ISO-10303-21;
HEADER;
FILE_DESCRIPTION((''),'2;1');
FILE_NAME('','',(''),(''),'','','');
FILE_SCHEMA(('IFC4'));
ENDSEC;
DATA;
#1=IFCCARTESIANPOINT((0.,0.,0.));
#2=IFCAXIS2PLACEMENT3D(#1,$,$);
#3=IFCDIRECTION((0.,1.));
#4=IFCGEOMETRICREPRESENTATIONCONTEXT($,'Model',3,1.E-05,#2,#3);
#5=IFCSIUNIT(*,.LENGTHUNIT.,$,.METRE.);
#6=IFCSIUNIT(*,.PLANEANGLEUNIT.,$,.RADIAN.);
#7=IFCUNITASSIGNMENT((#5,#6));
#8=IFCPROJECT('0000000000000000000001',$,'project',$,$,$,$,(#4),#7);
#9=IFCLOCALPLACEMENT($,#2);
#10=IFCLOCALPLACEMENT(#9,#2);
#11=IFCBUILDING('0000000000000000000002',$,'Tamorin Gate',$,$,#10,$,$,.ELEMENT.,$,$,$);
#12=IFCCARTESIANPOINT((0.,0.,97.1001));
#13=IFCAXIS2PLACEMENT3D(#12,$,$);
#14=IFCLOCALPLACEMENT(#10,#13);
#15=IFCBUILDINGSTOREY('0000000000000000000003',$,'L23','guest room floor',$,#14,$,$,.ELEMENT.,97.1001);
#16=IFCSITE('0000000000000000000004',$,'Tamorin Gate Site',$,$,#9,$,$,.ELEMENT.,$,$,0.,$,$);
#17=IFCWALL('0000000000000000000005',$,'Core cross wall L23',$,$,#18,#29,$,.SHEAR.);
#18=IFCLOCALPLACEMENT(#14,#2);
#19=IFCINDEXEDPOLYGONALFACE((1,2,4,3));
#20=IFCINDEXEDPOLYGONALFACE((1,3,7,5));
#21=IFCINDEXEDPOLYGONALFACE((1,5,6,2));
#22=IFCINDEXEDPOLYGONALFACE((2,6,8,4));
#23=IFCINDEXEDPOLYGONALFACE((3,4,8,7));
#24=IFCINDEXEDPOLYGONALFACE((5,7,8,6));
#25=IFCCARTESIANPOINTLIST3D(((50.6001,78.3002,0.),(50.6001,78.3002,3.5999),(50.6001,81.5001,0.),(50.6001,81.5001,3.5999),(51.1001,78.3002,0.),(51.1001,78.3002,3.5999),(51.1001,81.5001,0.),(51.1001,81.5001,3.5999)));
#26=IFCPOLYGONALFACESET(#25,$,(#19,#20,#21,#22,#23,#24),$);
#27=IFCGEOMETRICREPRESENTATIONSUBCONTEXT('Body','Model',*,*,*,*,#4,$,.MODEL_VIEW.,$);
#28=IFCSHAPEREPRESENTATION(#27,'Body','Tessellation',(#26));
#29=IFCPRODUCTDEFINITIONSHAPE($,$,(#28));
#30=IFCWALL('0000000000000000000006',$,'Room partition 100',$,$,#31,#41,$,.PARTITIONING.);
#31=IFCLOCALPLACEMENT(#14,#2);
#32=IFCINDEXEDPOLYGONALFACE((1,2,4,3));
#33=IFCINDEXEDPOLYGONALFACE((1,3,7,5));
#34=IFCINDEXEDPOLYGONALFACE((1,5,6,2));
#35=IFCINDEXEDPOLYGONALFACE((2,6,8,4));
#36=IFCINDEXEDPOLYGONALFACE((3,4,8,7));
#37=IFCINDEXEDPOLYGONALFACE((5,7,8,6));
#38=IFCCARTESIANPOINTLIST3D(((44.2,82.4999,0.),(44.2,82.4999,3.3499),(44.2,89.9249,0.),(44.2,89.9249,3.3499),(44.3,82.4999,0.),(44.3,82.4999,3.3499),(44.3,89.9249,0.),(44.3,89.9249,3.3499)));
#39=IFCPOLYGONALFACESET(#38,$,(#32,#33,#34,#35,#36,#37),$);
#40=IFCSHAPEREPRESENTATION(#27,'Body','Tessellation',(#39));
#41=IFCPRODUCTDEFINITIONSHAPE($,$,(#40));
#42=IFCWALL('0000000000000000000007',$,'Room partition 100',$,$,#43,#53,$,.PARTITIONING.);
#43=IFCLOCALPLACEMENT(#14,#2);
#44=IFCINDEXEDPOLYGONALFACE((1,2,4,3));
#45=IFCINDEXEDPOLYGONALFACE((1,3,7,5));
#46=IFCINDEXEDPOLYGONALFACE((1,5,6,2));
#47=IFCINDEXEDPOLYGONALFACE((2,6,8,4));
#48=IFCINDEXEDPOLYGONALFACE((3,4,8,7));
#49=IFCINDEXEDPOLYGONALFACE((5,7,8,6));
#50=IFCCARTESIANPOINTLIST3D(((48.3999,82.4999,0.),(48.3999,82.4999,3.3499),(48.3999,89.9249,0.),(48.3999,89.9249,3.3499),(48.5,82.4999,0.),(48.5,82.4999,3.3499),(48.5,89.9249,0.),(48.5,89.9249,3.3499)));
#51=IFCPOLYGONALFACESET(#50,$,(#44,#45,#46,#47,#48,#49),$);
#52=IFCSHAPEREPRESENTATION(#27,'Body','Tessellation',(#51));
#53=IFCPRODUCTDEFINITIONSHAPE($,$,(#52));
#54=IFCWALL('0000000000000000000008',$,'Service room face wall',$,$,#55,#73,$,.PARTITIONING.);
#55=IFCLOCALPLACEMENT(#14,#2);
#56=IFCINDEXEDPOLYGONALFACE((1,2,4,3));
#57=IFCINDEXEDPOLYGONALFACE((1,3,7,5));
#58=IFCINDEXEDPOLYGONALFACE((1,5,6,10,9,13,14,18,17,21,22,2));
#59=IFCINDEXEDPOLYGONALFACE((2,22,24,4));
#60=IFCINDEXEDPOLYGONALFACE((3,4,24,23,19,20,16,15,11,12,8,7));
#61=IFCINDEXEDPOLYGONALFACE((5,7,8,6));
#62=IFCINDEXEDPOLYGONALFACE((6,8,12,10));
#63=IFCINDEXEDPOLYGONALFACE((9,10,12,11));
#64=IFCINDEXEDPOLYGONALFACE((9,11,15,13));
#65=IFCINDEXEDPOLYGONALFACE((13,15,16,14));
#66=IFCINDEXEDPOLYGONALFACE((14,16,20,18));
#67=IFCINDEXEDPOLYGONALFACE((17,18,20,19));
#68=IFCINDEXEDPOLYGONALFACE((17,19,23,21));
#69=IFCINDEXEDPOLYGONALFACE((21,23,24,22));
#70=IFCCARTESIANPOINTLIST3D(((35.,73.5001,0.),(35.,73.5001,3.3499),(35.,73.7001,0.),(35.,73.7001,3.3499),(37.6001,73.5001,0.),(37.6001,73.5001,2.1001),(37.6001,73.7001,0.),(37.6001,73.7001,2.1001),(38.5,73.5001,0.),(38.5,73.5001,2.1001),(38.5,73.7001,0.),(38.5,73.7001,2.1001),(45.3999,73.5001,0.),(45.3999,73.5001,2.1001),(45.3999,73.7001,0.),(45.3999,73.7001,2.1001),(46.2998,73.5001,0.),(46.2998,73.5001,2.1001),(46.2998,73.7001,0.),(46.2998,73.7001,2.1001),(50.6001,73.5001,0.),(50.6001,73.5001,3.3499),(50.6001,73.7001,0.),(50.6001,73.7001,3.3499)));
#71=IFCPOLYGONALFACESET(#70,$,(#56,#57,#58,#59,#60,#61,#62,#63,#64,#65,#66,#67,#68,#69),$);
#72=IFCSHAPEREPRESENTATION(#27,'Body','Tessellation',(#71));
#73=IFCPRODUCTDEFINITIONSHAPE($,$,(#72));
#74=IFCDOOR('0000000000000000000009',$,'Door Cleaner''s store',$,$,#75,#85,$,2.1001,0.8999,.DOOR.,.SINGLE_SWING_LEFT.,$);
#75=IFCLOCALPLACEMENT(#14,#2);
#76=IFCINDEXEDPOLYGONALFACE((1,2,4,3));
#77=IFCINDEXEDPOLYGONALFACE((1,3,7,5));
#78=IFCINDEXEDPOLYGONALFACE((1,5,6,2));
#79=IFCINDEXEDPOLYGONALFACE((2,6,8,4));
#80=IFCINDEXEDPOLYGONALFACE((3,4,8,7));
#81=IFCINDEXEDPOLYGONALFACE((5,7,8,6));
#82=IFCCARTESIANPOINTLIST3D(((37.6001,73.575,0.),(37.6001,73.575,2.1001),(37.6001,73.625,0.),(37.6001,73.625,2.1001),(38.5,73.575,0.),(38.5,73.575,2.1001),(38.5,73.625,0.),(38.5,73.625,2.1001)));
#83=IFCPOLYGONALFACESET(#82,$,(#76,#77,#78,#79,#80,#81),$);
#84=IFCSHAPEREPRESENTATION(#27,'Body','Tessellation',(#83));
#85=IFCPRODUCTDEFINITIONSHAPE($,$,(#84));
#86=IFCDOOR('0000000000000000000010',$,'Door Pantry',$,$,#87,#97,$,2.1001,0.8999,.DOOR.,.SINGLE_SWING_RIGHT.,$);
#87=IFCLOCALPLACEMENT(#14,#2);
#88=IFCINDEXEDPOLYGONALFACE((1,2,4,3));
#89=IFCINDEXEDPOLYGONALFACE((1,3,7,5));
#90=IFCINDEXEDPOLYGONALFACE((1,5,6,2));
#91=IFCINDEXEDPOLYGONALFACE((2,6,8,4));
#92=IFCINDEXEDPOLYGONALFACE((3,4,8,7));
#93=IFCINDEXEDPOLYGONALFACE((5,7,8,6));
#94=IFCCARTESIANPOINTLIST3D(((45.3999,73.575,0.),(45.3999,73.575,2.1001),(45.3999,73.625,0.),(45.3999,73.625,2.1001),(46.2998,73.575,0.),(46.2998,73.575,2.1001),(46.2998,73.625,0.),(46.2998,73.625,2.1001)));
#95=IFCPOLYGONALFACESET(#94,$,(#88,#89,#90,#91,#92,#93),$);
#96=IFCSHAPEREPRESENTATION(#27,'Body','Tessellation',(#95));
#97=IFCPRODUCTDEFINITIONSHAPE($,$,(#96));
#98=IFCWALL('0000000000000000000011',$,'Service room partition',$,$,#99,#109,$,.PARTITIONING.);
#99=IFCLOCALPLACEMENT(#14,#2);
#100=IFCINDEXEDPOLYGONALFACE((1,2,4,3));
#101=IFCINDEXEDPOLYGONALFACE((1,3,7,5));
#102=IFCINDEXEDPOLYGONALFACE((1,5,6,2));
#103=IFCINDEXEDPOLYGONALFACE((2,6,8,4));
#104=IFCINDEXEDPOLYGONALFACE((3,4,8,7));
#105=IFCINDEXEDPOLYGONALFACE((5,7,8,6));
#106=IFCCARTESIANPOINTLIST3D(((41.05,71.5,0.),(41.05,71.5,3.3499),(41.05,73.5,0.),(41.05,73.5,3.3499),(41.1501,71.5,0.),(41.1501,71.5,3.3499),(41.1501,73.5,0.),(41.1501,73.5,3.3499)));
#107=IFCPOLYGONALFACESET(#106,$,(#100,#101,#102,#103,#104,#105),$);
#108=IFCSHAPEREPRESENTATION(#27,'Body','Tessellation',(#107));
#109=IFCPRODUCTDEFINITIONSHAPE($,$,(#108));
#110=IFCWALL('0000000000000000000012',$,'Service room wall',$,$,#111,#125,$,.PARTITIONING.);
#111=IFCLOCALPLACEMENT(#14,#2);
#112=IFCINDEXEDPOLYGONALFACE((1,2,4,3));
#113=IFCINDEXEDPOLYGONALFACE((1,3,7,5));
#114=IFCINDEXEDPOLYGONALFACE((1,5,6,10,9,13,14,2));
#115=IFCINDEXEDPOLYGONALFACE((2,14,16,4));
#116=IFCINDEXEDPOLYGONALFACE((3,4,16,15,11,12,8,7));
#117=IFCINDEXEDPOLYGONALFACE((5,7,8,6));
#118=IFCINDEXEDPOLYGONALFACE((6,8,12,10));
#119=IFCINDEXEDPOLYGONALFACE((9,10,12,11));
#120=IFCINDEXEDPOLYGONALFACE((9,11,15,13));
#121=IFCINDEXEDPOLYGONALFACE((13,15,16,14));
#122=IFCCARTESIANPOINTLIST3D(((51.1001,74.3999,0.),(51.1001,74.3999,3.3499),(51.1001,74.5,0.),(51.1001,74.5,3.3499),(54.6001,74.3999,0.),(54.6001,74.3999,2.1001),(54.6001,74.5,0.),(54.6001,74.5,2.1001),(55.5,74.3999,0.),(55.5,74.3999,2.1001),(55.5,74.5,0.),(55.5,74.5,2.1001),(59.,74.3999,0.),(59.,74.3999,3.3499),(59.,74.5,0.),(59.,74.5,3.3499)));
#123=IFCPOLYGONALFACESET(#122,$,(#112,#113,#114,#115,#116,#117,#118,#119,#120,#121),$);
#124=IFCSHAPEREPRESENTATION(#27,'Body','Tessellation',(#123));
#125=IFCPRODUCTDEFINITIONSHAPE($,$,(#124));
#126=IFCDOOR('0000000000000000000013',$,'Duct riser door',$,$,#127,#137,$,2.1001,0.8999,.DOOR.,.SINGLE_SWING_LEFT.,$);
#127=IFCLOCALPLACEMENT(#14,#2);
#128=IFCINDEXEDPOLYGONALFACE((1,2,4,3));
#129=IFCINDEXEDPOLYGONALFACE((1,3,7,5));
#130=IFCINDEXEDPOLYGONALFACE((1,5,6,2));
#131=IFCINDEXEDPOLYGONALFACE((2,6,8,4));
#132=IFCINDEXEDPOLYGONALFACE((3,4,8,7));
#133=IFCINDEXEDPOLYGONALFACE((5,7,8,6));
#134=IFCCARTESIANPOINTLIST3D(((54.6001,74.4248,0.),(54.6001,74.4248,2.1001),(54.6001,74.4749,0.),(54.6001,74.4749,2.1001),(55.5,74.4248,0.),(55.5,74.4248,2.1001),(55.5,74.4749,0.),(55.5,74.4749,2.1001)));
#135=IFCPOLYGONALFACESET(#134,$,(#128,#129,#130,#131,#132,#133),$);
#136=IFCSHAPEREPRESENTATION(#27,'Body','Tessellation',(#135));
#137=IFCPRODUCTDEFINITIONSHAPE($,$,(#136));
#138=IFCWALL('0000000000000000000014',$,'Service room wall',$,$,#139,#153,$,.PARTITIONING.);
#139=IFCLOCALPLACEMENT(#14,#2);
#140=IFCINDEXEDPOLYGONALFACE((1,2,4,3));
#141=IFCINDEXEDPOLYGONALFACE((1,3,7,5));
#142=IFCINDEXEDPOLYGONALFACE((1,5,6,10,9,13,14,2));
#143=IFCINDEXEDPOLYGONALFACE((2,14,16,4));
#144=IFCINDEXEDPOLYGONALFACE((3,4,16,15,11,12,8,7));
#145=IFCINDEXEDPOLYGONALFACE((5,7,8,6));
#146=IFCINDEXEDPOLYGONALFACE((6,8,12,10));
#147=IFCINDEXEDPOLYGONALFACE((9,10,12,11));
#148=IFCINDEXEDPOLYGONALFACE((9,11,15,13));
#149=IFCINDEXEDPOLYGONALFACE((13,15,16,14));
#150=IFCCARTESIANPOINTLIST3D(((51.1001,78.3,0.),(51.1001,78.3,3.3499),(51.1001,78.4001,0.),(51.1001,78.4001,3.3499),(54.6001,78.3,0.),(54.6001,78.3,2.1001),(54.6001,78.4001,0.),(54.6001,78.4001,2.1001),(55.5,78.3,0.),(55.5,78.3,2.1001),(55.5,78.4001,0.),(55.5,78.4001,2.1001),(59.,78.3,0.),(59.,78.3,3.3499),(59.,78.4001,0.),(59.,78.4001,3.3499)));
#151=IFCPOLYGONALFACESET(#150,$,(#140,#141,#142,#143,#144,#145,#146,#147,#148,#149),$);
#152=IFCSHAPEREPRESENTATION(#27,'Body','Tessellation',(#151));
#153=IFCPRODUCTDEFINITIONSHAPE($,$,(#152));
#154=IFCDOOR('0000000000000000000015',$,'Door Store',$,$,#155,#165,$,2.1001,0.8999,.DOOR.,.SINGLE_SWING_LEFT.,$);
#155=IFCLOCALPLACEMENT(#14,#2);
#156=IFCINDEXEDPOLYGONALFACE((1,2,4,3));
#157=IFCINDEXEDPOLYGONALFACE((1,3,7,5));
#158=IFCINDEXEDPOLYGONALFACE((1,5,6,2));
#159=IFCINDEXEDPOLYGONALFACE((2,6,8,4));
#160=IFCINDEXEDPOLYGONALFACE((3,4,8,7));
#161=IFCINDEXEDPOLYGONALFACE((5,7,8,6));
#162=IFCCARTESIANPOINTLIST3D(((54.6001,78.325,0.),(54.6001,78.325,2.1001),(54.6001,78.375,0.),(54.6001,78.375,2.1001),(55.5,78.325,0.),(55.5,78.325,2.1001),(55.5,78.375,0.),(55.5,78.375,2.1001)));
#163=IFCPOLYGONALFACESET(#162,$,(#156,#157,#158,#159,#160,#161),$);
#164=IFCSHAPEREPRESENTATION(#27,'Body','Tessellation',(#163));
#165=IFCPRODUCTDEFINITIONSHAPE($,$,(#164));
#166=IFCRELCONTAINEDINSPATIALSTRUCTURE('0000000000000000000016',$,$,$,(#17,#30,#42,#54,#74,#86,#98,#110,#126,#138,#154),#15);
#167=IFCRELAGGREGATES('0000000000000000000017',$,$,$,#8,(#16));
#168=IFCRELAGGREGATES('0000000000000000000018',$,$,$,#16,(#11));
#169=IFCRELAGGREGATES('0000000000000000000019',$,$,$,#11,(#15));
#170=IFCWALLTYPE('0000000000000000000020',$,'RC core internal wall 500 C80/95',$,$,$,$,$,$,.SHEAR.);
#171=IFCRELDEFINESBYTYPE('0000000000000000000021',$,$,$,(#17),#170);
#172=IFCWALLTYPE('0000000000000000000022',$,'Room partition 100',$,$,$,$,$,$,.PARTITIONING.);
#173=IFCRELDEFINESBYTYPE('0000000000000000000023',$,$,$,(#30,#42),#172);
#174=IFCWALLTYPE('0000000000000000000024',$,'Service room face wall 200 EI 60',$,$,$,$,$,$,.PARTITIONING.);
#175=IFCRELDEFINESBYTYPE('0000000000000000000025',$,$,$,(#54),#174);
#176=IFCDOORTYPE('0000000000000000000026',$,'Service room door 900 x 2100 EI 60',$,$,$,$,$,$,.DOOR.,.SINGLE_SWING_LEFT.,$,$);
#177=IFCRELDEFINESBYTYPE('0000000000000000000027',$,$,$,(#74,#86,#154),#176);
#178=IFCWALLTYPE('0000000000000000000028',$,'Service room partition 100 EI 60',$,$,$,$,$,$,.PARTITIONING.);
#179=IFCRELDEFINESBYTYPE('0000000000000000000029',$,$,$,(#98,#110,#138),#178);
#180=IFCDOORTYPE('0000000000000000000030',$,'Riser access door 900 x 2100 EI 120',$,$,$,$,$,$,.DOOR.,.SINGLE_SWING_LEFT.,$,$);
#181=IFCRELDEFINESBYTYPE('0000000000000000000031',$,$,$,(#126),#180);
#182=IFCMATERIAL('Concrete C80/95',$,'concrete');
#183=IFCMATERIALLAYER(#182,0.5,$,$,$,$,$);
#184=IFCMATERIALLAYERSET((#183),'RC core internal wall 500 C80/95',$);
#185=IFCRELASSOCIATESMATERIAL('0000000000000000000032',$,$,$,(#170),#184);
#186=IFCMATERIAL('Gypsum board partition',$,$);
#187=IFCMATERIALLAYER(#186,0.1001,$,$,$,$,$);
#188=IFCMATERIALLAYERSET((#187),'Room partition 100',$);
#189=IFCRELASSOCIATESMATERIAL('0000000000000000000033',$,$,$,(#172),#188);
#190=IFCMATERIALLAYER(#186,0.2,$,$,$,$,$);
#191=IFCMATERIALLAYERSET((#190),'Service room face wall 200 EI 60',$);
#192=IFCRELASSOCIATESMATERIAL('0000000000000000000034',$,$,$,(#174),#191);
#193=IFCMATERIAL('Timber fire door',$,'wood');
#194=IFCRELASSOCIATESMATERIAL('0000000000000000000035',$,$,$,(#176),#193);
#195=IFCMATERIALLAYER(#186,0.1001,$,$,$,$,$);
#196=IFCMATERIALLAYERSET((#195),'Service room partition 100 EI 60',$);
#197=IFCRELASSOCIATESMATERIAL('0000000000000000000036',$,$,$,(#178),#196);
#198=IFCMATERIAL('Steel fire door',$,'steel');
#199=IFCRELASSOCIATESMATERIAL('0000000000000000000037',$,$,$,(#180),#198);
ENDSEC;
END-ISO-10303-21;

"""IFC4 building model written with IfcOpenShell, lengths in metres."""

from ifc_helpers import new_model, si_unit, direction, frame, frame_2d, origin, place, context, subcontext, project, spatial, rectangle, extrude, material, layer, layer_set, type_object, element, fill, save


model = new_model("IFC4")

# Units and contexts
model_context = context("Model", 3, precision=1e-05, world=origin(), true_north=direction((0.0, 1.0)))
body_context = subcontext(model_context, "Body", "Model", "MODEL_VIEW")
ifc_project = project(units=[si_unit("LENGTHUNIT", "METRE"), si_unit("PLANEANGLEUNIT", "RADIAN")], contexts=[model_context])

# Site, building, storey
site_placement = place(None, origin())
site = spatial("IfcSite", under=ifc_project, at=site_placement, Name="Tamorin Gate Site", CompositionType="ELEMENT", RefElevation=0.0)
building_placement = place(site_placement, origin())
building = spatial("IfcBuilding", under=site, at=building_placement, Name="Tamorin Gate", CompositionType="ELEMENT")
storey_placement = place(building_placement, frame((0.0, 0.0, 97.1001)))
storey = spatial("IfcBuildingStorey", under=building, at=storey_placement, Name="L23", Description="guest room floor", CompositionType="ELEMENT", Elevation=97.1001)

# Shared definitions
ifc_material_1 = material(Name="Concrete C80/95", Category="concrete")

# Shared definitions
ifc_material_2 = material(Name="Steel fire door", Category="steel")

# Walls
ifc_layer_1 = layer(ifc_material_1, 0.5)
ifc_layer_set_1 = layer_set([ifc_layer_1], Name="RC core internal wall 500 C80/95")
wall_type_1 = type_object("IfcWallType", Name="RC core internal wall 500 C80/95", PredefinedType="SHEAR", material=ifc_layer_set_1)
wall_1_placement = place(storey_placement, frame((50.8501, 78.3, 0.0), z_axis=(0.0, 0.0, 1.0), x_axis=(0.0, 1.0, 0.0)))
element("IfcWall", 1, at=wall_1_placement, inside=storey, type_object=wall_type_1, Name="Core cross wall L23", PredefinedType="SHEAR", context=body_context, shape_type="SweptSolid", body=[
    extrude(rectangle(XDim=3.2, YDim=0.5, at=frame_2d((1.6001, 0.0))), origin(), (0.0, 0.0, 1.0), 3.5999),
])
ifc_material_3 = material(Name="Gypsum board partition")
ifc_layer_2 = layer(ifc_material_3, 0.1001)
ifc_layer_set_2 = layer_set([ifc_layer_2], Name="Room partition 100")
wall_type_2 = type_object("IfcWallType", Name="Room partition 100", PredefinedType="PARTITIONING", material=ifc_layer_set_2)
for number, where, z_axis, x_axis, name in (
    (2, (44.25, 82.5, 0.0), (0.0, 0.0, 1.0), (0.0, 1.0, 0.0), "Room partition 100"),
    (3, (48.45, 82.5, 0.0), (0.0, 0.0, 1.0), (0.0, 1.0, 0.0), "Room partition 100"),
):
    element("IfcWall", number, at=place(storey_placement, frame(where, z_axis=z_axis, x_axis=x_axis)), inside=storey, type_object=wall_type_2, Name=name, PredefinedType="PARTITIONING", context=body_context, shape_type="SweptSolid", body=[
        extrude(rectangle(XDim=7.425, YDim=0.1001, at=frame_2d((3.7124, 0.0))), origin(), (0.0, 0.0, 1.0), 3.3499),
    ])

# Wall, openings, doors
ifc_layer_3 = layer(ifc_material_3, 0.2)
ifc_layer_set_3 = layer_set([ifc_layer_3], Name="Service room face wall 200 EI 60")
wall_type_3 = type_object("IfcWallType", Name="Service room face wall 200 EI 60", PredefinedType="PARTITIONING", material=ifc_layer_set_3)
wall_2_placement = place(storey_placement, frame((35.0, 73.6001, 0.0), z_axis=(0.0, 0.0, 1.0), x_axis=(1.0, 0.0, 0.0)))
wall_2 = element("IfcWall", 4, at=wall_2_placement, inside=storey, type_object=wall_type_3, Name="Service room face wall", PredefinedType="PARTITIONING", context=body_context, shape_type="SweptSolid", body=[
    extrude(rectangle(XDim=15.6001, YDim=0.2, at=frame_2d((7.8, 0.0))), origin(), (0.0, 0.0, 1.0), 3.3499),
])
opening_1_placement = place(wall_2_placement, frame((2.6001, 0.0, 0.0)))
opening_1 = element("IfcOpeningElement", 5, at=opening_1_placement, cuts=wall_2, PredefinedType="OPENING", context=body_context, shape_type="SweptSolid", body=[
    extrude(rectangle(XDim=0.8999, YDim=2.1001, at=frame_2d((0.45, 1.05))), frame((0.0, 0.1099, 0.0), z_axis=(0.0, -1.0, 0.0), x_axis=(1.0, 0.0, 0.0)), (0.0, 0.0, 1.0), 0.22),
])
opening_2_placement = place(wall_2_placement, frame((10.3999, 0.0, 0.0)))
opening_2 = element("IfcOpeningElement", 6, at=opening_2_placement, cuts=wall_2, PredefinedType="OPENING", context=body_context, shape_type="SweptSolid", body=[
    extrude(rectangle(XDim=0.8999, YDim=2.1001, at=frame_2d((0.45, 1.05))), frame((0.0, 0.1099, 0.0), z_axis=(0.0, -1.0, 0.0), x_axis=(1.0, 0.0, 0.0)), (0.0, 0.0, 1.0), 0.22),
])
ifc_material_4 = material(Name="Timber fire door", Category="wood")
door_type_1 = type_object("IfcDoorType", Name="Service room door 900 x 2100 EI 60", OperationType="SINGLE_SWING_LEFT", PredefinedType="DOOR", material=ifc_material_4)
door_1_placement = place(opening_1_placement, origin())
door_1 = element("IfcDoor", 7, at=door_1_placement, inside=storey, type_object=door_type_1, Name="Door Cleaner's store", OperationType="SINGLE_SWING_LEFT", OverallHeight=2.1001, OverallWidth=0.8999, PredefinedType="DOOR", context=body_context, shape_type="SweptSolid", body=[
    extrude(rectangle(XDim=0.8999, YDim=2.1001, at=frame_2d((0.45, 1.05))), frame((0.0, 0.0249, 0.0), z_axis=(0.0, -1.0, 0.0), x_axis=(1.0, 0.0, 0.0)), (0.0, 0.0, 1.0), 0.05),
])
fill(opening_1, door_1)
door_2_placement = place(opening_2_placement, origin())
door_2 = element("IfcDoor", 8, at=door_2_placement, inside=storey, type_object=door_type_1, Name="Door Pantry", OperationType="SINGLE_SWING_RIGHT", OverallHeight=2.1001, OverallWidth=0.8999, PredefinedType="DOOR", context=body_context, shape_type="SweptSolid", body=[
    extrude(rectangle(XDim=0.8999, YDim=2.1001, at=frame_2d((0.45, 1.05))), frame((0.0, 0.0249, 0.0), z_axis=(0.0, -1.0, 0.0), x_axis=(1.0, 0.0, 0.0)), (0.0, 0.0, 1.0), 0.05),
])
fill(opening_2, door_2)

# Wall
ifc_layer_4 = layer(ifc_material_3, 0.1001)
ifc_layer_set_4 = layer_set([ifc_layer_4], Name="Service room partition 100 EI 60")
wall_type_4 = type_object("IfcWallType", Name="Service room partition 100 EI 60", PredefinedType="PARTITIONING", material=ifc_layer_set_4)
wall_3_placement = place(storey_placement, frame((41.1001, 71.5, 0.0), z_axis=(0.0, 0.0, 1.0), x_axis=(0.0, 1.0, 0.0)))
element("IfcWall", 9, at=wall_3_placement, inside=storey, type_object=wall_type_4, Name="Service room partition", PredefinedType="PARTITIONING", context=body_context, shape_type="SweptSolid", body=[
    extrude(rectangle(XDim=2.0, YDim=0.1001, at=frame_2d((1.0, 0.0))), origin(), (0.0, 0.0, 1.0), 3.3499),
])

# Walls, openings, doors
wall_4_placement = place(storey_placement, frame((51.1001, 74.45, 0.0), z_axis=(0.0, 0.0, 1.0), x_axis=(1.0, 0.0, 0.0)))
wall_4 = element("IfcWall", 10, at=wall_4_placement, inside=storey, type_object=wall_type_4, Name="Service room wall", PredefinedType="PARTITIONING", context=body_context, shape_type="SweptSolid", body=[
    extrude(rectangle(XDim=7.8999, YDim=0.1001, at=frame_2d((3.95, 0.0))), origin(), (0.0, 0.0, 1.0), 3.3499),
])
opening_3_placement = place(wall_4_placement, frame((3.5, 0.0, 0.0)))
opening_3 = element("IfcOpeningElement", 11, at=opening_3_placement, cuts=wall_4, PredefinedType="OPENING", context=body_context, shape_type="SweptSolid", body=[
    extrude(rectangle(XDim=0.8999, YDim=2.1001, at=frame_2d((0.45, 1.05))), frame((0.0, 0.0601, 0.0), z_axis=(0.0, -1.0, 0.0), x_axis=(1.0, 0.0, 0.0)), (0.0, 0.0, 1.0), 0.1201),
])
door_type_2 = type_object("IfcDoorType", Name="Riser access door 900 x 2100 EI 120", OperationType="SINGLE_SWING_LEFT", PredefinedType="DOOR", material=ifc_material_2)
door_3_placement = place(opening_3_placement, origin())
door_3 = element("IfcDoor", 12, at=door_3_placement, inside=storey, type_object=door_type_2, Name="Duct riser door", OperationType="SINGLE_SWING_LEFT", OverallHeight=2.1001, OverallWidth=0.8999, PredefinedType="DOOR", context=body_context, shape_type="SweptSolid", body=[
    extrude(rectangle(XDim=0.8999, YDim=2.1001, at=frame_2d((0.45, 1.05))), frame((0.0, 0.0249, 0.0), z_axis=(0.0, -1.0, 0.0), x_axis=(1.0, 0.0, 0.0)), (0.0, 0.0, 1.0), 0.05),
])
fill(opening_3, door_3)
wall_5_placement = place(storey_placement, frame((51.1001, 78.3501, 0.0), z_axis=(0.0, 0.0, 1.0), x_axis=(1.0, 0.0, 0.0)))
wall_5 = element("IfcWall", 13, at=wall_5_placement, inside=storey, type_object=wall_type_4, Name="Service room wall", PredefinedType="PARTITIONING", context=body_context, shape_type="SweptSolid", body=[
    extrude(rectangle(XDim=7.8999, YDim=0.1001, at=frame_2d((3.95, 0.0))), origin(), (0.0, 0.0, 1.0), 3.3499),
])
opening_4_placement = place(wall_5_placement, frame((3.5, 0.0, 0.0)))
opening_4 = element("IfcOpeningElement", 14, at=opening_4_placement, cuts=wall_5, PredefinedType="OPENING", context=body_context, shape_type="SweptSolid", body=[
    extrude(rectangle(XDim=0.8999, YDim=2.1001, at=frame_2d((0.45, 1.05))), frame((0.0, 0.0601, 0.0), z_axis=(0.0, -1.0, 0.0), x_axis=(1.0, 0.0, 0.0)), (0.0, 0.0, 1.0), 0.1201),
])
door_4_placement = place(opening_4_placement, origin())
door_4 = element("IfcDoor", 15, at=door_4_placement, inside=storey, type_object=door_type_1, Name="Door Store", OperationType="SINGLE_SWING_LEFT", OverallHeight=2.1001, OverallWidth=0.8999, PredefinedType="DOOR", context=body_context, shape_type="SweptSolid", body=[
    extrude(rectangle(XDim=0.8999, YDim=2.1001, at=frame_2d((0.45, 1.05))), frame((0.0, 0.0249, 0.0), z_axis=(0.0, -1.0, 0.0), x_axis=(1.0, 0.0, 0.0)), (0.0, 0.0, 1.0), 0.05),
])
fill(opening_4, door_4)

save(model, "model.ifc")
